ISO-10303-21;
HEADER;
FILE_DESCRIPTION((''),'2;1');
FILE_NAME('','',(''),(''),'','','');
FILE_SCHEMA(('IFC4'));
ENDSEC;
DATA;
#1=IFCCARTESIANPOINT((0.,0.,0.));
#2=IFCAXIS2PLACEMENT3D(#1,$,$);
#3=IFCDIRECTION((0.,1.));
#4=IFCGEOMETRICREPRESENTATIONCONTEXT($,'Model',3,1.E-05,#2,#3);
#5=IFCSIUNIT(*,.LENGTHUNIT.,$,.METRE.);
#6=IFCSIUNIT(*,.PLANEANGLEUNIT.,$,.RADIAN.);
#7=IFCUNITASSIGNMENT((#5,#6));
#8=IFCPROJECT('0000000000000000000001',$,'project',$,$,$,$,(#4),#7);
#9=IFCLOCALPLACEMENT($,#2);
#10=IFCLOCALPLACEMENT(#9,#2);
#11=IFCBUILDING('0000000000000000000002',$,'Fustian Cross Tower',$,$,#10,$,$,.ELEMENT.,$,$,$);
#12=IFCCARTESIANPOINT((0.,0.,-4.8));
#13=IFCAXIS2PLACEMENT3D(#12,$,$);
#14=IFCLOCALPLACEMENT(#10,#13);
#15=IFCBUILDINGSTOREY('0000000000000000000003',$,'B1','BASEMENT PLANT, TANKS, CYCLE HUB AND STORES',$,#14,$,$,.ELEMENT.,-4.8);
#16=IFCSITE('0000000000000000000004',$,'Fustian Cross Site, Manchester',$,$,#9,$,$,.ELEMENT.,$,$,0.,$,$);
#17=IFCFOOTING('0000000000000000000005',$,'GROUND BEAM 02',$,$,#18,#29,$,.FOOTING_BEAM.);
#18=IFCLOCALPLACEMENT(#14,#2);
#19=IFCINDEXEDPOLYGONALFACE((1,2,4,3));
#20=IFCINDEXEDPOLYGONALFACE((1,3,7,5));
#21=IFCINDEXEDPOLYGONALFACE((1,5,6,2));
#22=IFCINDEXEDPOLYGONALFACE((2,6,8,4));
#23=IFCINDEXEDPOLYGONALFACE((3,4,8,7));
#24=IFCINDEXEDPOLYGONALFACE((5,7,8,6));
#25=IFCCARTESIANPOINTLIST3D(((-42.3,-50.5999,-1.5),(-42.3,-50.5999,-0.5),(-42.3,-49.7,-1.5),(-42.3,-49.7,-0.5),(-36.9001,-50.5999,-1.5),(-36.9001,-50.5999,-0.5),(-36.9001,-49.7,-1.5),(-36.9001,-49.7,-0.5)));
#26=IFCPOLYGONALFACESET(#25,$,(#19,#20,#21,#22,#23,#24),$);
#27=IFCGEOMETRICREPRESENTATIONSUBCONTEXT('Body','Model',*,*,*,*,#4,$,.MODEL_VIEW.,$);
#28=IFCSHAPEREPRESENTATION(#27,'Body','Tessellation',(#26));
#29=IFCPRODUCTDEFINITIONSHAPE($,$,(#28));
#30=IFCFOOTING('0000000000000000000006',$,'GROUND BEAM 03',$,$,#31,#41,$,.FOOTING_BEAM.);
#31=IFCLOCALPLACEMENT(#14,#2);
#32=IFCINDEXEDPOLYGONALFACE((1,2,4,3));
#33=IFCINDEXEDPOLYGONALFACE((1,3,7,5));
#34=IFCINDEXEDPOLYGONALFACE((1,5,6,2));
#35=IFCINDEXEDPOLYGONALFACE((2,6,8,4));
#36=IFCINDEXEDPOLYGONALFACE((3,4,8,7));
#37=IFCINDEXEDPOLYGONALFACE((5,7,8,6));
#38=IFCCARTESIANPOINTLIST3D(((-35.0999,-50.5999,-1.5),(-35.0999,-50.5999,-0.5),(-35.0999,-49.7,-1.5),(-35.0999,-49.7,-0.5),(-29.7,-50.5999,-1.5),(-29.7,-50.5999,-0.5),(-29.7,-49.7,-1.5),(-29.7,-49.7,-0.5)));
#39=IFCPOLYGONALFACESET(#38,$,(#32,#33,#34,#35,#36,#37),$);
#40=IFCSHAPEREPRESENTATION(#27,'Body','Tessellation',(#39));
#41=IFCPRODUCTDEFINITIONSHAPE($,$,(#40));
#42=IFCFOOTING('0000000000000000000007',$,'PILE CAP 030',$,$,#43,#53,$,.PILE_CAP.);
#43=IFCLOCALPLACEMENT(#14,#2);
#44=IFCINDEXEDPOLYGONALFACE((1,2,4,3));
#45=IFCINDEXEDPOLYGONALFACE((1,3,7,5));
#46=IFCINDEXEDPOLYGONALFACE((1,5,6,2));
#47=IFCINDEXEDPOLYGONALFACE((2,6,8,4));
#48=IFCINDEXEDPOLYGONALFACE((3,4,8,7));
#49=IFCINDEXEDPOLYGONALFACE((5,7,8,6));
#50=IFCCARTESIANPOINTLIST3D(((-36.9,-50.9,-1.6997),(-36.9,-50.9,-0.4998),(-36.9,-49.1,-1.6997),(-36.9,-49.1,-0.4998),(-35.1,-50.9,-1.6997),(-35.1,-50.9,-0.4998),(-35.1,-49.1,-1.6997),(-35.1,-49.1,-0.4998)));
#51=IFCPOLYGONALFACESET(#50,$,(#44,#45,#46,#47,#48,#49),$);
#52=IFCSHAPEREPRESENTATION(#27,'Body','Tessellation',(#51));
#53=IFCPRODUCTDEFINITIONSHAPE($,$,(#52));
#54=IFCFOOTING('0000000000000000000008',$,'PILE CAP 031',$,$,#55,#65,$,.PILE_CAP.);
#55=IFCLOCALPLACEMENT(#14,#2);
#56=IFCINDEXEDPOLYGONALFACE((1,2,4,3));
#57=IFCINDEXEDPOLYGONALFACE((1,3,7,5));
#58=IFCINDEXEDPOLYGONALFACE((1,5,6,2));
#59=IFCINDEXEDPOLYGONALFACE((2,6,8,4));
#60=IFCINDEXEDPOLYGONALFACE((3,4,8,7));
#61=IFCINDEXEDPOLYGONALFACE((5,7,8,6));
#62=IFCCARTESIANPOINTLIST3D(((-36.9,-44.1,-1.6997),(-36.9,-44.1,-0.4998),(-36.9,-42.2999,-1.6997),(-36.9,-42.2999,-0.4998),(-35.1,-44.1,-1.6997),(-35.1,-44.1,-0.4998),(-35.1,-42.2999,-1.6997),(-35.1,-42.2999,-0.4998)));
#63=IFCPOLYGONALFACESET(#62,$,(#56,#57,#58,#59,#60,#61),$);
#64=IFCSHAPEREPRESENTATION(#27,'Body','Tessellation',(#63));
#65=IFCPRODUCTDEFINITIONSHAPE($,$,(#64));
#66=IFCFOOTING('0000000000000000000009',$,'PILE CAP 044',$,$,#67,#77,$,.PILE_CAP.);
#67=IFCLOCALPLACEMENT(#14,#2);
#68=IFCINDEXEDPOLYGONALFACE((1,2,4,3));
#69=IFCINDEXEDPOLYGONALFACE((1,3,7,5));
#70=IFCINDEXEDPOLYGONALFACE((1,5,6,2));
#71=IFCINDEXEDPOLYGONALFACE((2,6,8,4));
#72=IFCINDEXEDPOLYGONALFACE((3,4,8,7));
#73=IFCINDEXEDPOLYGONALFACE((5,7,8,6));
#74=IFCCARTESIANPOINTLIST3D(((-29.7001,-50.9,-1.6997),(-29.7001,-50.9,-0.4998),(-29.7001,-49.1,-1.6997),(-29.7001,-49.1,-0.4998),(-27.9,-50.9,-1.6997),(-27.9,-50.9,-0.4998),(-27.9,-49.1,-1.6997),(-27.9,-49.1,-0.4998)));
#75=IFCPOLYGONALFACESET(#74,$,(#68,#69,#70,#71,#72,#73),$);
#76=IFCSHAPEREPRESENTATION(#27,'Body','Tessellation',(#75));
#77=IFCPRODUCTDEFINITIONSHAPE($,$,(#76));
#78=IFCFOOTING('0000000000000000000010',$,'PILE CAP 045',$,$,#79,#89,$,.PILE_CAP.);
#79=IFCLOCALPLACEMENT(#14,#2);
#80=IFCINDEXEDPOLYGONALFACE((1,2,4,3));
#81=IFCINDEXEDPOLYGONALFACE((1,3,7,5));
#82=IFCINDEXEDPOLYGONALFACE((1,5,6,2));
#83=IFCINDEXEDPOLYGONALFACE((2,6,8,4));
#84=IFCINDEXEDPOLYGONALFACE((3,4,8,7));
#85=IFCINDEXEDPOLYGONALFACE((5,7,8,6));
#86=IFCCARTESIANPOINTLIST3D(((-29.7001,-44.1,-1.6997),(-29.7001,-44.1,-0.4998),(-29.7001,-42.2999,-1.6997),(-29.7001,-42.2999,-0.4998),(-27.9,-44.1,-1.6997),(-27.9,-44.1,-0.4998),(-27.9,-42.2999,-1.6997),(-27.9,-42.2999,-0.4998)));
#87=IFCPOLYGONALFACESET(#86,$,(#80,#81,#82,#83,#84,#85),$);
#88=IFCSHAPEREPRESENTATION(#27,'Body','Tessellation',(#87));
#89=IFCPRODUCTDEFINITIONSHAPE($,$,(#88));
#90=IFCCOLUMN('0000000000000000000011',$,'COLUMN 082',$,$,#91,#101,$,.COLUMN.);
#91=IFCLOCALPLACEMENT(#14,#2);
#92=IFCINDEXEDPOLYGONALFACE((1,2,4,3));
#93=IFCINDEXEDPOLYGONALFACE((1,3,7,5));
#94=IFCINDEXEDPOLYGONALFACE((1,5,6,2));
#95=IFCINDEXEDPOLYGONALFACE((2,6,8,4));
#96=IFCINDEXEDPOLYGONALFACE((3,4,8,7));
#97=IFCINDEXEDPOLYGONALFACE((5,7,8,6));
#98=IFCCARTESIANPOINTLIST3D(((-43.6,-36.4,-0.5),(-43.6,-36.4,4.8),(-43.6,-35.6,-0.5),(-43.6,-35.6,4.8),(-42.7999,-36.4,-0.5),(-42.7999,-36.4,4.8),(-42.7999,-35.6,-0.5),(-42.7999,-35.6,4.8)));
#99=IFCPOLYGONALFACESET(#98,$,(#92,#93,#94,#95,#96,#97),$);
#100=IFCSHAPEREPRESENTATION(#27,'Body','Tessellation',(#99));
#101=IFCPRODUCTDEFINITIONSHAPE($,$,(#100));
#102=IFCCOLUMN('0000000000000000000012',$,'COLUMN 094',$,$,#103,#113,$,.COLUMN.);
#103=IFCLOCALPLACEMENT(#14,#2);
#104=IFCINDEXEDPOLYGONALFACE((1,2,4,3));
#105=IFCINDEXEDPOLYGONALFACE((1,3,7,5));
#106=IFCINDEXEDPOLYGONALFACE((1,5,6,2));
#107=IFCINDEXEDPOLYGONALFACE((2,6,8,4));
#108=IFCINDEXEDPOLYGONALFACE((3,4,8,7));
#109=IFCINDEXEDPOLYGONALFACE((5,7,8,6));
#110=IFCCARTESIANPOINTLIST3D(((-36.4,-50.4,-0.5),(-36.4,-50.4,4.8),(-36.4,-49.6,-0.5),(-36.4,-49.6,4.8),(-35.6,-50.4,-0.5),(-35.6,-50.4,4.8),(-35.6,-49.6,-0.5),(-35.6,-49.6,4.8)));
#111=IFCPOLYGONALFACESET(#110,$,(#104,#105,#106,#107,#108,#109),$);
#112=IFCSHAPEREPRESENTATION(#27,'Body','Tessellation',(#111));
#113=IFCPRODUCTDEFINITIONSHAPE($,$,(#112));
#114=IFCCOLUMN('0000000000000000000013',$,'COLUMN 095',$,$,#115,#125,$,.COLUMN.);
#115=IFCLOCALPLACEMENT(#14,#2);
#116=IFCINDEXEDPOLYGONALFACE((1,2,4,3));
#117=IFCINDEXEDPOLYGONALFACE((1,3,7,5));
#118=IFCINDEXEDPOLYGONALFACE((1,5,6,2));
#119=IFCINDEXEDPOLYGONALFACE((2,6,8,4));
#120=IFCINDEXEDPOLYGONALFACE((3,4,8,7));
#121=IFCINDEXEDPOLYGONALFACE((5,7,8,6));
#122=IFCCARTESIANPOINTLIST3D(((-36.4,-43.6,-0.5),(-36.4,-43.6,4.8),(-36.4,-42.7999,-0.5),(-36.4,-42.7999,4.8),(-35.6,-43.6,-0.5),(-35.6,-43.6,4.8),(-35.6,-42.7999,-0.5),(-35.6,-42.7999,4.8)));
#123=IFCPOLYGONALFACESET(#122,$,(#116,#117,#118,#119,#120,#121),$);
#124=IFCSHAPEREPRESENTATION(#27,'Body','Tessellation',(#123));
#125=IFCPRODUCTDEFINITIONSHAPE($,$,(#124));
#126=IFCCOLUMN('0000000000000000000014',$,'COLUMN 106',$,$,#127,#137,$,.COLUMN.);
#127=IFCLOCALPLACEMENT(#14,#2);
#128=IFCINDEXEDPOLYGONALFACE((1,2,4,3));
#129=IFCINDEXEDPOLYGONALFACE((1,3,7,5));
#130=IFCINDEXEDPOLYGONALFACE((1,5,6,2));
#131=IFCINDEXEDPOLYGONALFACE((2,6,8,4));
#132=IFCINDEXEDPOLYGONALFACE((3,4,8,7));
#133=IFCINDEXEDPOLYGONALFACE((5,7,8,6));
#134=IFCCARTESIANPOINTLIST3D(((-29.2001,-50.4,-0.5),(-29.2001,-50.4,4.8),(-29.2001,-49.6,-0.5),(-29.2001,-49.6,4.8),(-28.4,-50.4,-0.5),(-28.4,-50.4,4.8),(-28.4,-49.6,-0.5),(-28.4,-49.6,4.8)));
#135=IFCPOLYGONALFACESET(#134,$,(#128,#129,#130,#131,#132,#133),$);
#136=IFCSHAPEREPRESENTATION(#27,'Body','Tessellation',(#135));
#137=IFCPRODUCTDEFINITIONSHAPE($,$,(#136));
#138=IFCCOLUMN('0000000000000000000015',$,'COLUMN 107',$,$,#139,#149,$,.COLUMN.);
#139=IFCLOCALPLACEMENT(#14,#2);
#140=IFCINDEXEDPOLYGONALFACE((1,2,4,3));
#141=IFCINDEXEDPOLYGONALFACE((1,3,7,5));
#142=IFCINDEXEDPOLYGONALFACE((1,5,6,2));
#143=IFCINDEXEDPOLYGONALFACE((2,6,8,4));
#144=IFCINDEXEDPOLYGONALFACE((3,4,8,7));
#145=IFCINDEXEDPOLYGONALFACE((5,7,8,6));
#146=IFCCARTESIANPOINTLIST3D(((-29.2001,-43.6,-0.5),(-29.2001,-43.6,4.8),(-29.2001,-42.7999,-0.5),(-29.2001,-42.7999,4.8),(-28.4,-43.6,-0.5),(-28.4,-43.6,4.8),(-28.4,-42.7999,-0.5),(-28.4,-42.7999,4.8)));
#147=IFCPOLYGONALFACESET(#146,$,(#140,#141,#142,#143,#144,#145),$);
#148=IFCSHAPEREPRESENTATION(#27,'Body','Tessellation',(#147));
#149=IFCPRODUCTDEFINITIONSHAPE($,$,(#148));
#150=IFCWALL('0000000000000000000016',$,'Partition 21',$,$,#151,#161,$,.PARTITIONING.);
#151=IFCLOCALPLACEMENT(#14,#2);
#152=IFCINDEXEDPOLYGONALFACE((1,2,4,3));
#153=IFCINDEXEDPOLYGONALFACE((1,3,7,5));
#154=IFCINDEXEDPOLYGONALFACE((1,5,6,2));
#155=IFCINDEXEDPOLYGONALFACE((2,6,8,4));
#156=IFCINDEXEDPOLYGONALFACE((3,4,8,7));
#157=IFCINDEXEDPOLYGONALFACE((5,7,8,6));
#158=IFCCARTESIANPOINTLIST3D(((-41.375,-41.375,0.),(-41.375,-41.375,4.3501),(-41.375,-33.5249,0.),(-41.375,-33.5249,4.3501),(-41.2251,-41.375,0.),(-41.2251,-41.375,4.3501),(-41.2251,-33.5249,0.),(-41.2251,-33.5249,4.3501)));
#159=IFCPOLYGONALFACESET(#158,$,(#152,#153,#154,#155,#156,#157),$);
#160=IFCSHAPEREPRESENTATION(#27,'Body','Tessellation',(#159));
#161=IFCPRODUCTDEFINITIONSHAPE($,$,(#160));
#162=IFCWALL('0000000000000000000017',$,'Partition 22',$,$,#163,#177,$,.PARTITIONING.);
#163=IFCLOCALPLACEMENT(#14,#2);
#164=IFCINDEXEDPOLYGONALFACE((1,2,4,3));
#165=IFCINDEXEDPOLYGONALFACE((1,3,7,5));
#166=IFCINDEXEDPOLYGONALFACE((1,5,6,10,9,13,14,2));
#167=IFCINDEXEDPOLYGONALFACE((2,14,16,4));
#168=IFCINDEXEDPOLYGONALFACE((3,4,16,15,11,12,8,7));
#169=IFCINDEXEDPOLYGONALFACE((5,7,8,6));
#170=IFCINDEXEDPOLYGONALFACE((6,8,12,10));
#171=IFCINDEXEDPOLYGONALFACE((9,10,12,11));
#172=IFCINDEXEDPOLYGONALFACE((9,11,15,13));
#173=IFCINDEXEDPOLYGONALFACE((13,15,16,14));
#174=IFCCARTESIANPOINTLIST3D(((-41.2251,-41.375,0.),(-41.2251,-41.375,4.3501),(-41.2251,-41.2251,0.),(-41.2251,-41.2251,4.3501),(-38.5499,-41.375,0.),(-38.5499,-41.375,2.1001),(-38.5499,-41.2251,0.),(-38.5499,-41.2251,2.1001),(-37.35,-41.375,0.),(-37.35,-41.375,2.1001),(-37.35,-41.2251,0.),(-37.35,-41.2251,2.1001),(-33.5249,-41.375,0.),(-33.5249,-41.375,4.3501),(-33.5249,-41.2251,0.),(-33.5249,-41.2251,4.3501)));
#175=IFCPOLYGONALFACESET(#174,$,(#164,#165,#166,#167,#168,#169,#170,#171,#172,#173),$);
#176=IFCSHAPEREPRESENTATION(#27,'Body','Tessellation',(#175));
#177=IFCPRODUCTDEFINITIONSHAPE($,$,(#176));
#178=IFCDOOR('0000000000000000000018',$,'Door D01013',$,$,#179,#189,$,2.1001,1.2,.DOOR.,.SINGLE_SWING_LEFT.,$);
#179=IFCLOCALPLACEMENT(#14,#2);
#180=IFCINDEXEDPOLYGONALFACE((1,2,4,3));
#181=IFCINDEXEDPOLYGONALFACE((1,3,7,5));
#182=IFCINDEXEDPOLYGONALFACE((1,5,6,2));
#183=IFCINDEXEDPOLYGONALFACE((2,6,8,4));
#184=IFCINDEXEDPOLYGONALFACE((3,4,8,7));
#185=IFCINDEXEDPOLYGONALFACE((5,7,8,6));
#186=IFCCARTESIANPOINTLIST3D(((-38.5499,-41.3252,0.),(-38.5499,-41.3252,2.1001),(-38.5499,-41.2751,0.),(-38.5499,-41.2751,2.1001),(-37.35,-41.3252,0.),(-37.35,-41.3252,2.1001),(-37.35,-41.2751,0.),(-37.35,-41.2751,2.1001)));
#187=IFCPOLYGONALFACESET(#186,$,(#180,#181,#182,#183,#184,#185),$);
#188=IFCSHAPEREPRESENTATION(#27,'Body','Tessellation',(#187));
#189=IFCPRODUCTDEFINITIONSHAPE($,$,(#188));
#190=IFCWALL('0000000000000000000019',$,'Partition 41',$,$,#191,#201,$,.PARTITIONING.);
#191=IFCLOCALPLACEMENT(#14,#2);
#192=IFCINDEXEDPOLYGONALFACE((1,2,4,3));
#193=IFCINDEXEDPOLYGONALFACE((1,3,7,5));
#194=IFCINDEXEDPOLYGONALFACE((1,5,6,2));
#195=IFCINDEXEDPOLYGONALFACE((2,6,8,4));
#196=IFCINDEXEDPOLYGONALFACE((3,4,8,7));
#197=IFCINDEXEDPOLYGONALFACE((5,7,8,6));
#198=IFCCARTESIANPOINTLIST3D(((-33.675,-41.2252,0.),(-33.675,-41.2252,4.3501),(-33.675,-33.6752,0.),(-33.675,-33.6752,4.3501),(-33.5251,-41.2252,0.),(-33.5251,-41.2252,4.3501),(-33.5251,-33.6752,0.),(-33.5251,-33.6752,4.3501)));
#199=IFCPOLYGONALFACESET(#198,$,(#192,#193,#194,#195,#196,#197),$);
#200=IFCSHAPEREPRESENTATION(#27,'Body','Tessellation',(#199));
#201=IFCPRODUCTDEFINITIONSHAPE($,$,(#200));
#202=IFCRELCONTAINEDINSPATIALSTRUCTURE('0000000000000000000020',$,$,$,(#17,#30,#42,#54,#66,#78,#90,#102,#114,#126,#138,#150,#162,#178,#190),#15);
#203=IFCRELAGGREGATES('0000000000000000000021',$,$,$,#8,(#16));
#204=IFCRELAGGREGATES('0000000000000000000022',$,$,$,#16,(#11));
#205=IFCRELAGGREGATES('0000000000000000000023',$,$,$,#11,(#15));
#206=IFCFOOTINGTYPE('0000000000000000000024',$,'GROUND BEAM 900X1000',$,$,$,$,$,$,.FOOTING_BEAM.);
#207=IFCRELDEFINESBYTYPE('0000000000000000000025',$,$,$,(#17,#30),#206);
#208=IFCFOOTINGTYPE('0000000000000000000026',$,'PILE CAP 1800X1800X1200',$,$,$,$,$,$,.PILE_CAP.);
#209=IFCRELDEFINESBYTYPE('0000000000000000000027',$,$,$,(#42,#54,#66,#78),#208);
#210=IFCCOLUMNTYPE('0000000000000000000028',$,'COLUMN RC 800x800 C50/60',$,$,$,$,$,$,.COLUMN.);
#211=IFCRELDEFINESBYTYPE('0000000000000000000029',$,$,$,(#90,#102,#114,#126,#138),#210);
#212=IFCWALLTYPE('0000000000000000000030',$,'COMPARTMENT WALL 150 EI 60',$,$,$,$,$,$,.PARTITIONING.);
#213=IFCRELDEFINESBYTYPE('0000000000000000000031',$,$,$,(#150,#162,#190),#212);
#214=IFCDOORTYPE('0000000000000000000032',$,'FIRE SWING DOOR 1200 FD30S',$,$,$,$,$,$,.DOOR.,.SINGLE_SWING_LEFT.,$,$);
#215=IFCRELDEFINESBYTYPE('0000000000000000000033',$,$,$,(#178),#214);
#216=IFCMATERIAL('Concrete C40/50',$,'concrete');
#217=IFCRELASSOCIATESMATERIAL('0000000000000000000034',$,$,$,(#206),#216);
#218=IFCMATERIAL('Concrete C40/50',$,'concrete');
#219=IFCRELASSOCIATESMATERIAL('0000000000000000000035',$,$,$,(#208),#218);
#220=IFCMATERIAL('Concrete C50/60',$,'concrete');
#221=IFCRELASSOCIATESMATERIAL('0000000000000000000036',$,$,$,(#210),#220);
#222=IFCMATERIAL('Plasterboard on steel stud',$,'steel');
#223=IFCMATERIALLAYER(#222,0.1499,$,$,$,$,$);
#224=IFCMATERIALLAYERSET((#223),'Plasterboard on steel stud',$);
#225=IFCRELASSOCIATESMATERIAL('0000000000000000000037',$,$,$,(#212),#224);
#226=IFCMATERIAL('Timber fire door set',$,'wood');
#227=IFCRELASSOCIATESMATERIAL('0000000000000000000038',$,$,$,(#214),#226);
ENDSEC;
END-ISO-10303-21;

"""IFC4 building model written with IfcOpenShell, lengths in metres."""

from ifc_helpers import new_model, si_unit, direction, frame, frame_2d, origin, origin_2d, place, context, subcontext, project, spatial, rectangle, extrude, material, layer, layer_set, material_profile, profile_set, type_object, element, fill, save


model = new_model("IFC4")

# Units and contexts
model_context = context("Model", 3, precision=1e-05, world=origin(), true_north=direction((0.0, 1.0)))
body_context = subcontext(model_context, "Body", "Model", "MODEL_VIEW")
ifc_project = project(units=[si_unit("LENGTHUNIT", "METRE"), si_unit("PLANEANGLEUNIT", "RADIAN")], contexts=[model_context])

# Site, building, storey
site_placement = place(None, origin())
site = spatial("IfcSite", under=ifc_project, at=site_placement, Name="Fustian Cross Site, Manchester", CompositionType="ELEMENT", RefElevation=0.0)
building_placement = place(site_placement, origin())
building = spatial("IfcBuilding", under=site, at=building_placement, Name="Fustian Cross Tower", CompositionType="ELEMENT")
storey_placement = place(building_placement, frame((0.0, 0.0, -4.8)))
storey = spatial("IfcBuildingStorey", under=building, at=storey_placement, Name="B1", Description="BASEMENT PLANT, TANKS, CYCLE HUB AND STORES", CompositionType="ELEMENT", Elevation=-4.8)

# Footings
ifc_material_1 = material(Name="Concrete C40/50", Category="concrete")
footing_type_1 = type_object("IfcFootingType", Name="GROUND BEAM 900X1000", PredefinedType="FOOTING_BEAM", material=ifc_material_1)
for number, where, z_axis, x_axis, name in (
    (1, (-39.6001, -50.1499, -1.5), (0.0, 0.0, 1.0), (1.0, 0.0, 0.0), "GROUND BEAM 02"),
    (2, (-32.3999, -50.1499, -1.5), (0.0, 0.0, 1.0), (1.0, 0.0, 0.0), "GROUND BEAM 03"),
):
    element("IfcFooting", number, at=place(storey_placement, frame(where, z_axis=z_axis, x_axis=x_axis)), inside=storey, type_object=footing_type_1, Name=name, PredefinedType="FOOTING_BEAM", context=body_context, shape_type="SweptSolid", body=[
        extrude(rectangle(XDim=5.3999, YDim=0.8999, at=origin_2d()), origin(), (0.0, 0.0, 1.0), 1.0),
    ])
ifc_material_2 = material(Name="Concrete C40/50", Category="concrete")
footing_type_2 = type_object("IfcFootingType", Name="PILE CAP 1800X1800X1200", PredefinedType="PILE_CAP", material=ifc_material_2)
for number, where, z_axis, x_axis, name in (
    (3, (-36.0, -50.0, -1.6997), (0.0, 0.0, 1.0), (1.0, 0.0, 0.0), "PILE CAP 030"),
    (4, (-36.0, -43.2, -1.6997), (0.0, 0.0, 1.0), (1.0, 0.0, 0.0), "PILE CAP 031"),
    (5, (-28.8, -50.0, -1.6997), (0.0, 0.0, 1.0), (1.0, 0.0, 0.0), "PILE CAP 044"),
    (6, (-28.8, -43.2, -1.6997), (0.0, 0.0, 1.0), (1.0, 0.0, 0.0), "PILE CAP 045"),
):
    element("IfcFooting", number, at=place(storey_placement, frame(where, z_axis=z_axis, x_axis=x_axis)), inside=storey, type_object=footing_type_2, Name=name, PredefinedType="PILE_CAP", context=body_context, shape_type="SweptSolid", body=[
        extrude(rectangle(XDim=1.8, YDim=1.8, at=origin_2d()), origin(), (0.0, 0.0, 1.0), 1.2),
    ])

# Columns
ifc_material_3 = material(Name="Concrete C50/60", Category="concrete")
ifc_material_profile_1 = material_profile(ifc_material_3, rectangle(XDim=0.8, YDim=0.8, at=origin_2d()), Name="RC 800x800")
ifc_profile_set_1 = profile_set([ifc_material_profile_1], Name="Concrete C50/60")
column_type = type_object("IfcColumnType", Name="COLUMN RC 800x800 C50/60", PredefinedType="COLUMN", material=ifc_profile_set_1)
for number, where, z_axis, x_axis, name in (
    (7, (-43.2, -36.0, -0.5), (0.0, 0.0, 1.0), (1.0, 0.0, 0.0), "COLUMN 082"),
    (8, (-36.0, -50.0, -0.5), (0.0, 0.0, 1.0), (1.0, 0.0, 0.0), "COLUMN 094"),
    (9, (-36.0, -43.2, -0.5), (0.0, 0.0, 1.0), (1.0, 0.0, 0.0), "COLUMN 095"),
    (10, (-28.8, -50.0, -0.5), (0.0, 0.0, 1.0), (1.0, 0.0, 0.0), "COLUMN 106"),
    (11, (-28.8, -43.2, -0.5), (0.0, 0.0, 1.0), (1.0, 0.0, 0.0), "COLUMN 107"),
):
    element("IfcColumn", number, at=place(storey_placement, frame(where, z_axis=z_axis, x_axis=x_axis)), inside=storey, type_object=column_type, Name=name, PredefinedType="COLUMN", context=body_context, shape_type="SweptSolid", body=[
        extrude(rectangle(XDim=0.8, YDim=0.8, at=origin_2d()), origin(), (0.0, 0.0, 1.0), 5.3),
    ])

# Wall
ifc_material_4 = material(Name="Plasterboard on steel stud", Category="steel")
ifc_layer_1 = layer(ifc_material_4, 0.1499)
ifc_layer_set_1 = layer_set([ifc_layer_1], Name="Plasterboard on steel stud")
wall_type_1 = type_object("IfcWallType", Name="COMPARTMENT WALL 150 EI 60", PredefinedType="PARTITIONING", material=ifc_layer_set_1)
wall_1_placement = place(storey_placement, frame((-41.3, -41.375, 0.0), z_axis=(0.0, 0.0, 1.0), x_axis=(0.0, 1.0, 0.0)))
element("IfcWall", 12, at=wall_1_placement, inside=storey, type_object=wall_type_1, Name="Partition 21", PredefinedType="PARTITIONING", context=body_context, shape_type="SweptSolid", body=[
    extrude(rectangle(XDim=7.8501, YDim=0.1499, at=frame_2d((3.925, 0.0))), origin(), (0.0, 0.0, 1.0), 4.3501),
])

# Wall, opening, door
wall_2_placement = place(storey_placement, frame((-41.2251, -41.3, 0.0), z_axis=(0.0, 0.0, 1.0), x_axis=(1.0, 0.0, 0.0)))
wall_2 = element("IfcWall", 13, at=wall_2_placement, inside=storey, type_object=wall_type_1, Name="Partition 22", PredefinedType="PARTITIONING", context=body_context, shape_type="SweptSolid", body=[
    extrude(rectangle(XDim=7.7002, YDim=0.1499, at=frame_2d((3.8501, 0.0))), origin(), (0.0, 0.0, 1.0), 4.3501),
])
opening_1_placement = place(wall_2_placement, frame((2.675, 0.0, 0.0)))
opening_1 = element("IfcOpeningElement", 14, at=opening_1_placement, cuts=wall_2, PredefinedType="OPENING", context=body_context, shape_type="SweptSolid", body=[
    extrude(rectangle(XDim=1.2, YDim=2.1001, at=frame_2d((0.6001, 1.05))), frame((0.0, 0.085, 0.0), z_axis=(0.0, -1.0, 0.0), x_axis=(1.0, 0.0, 0.0)), (0.0, 0.0, 1.0), 0.1699),
])
ifc_material_5 = material(Name="Timber fire door set", Category="wood")
door_type_1 = type_object("IfcDoorType", Name="FIRE SWING DOOR 1200 FD30S", OperationType="SINGLE_SWING_LEFT", PredefinedType="DOOR", material=ifc_material_5)
door_1_placement = place(opening_1_placement, origin())
door_1 = element("IfcDoor", 15, at=door_1_placement, inside=storey, type_object=door_type_1, Name="Door D01013", OperationType="SINGLE_SWING_LEFT", OverallHeight=2.1001, OverallWidth=1.2, PredefinedType="DOOR", context=body_context, shape_type="SweptSolid", body=[
    extrude(rectangle(XDim=1.2, YDim=2.1001, at=frame_2d((0.6001, 1.05))), frame((0.0, 0.0249, 0.0), z_axis=(0.0, -1.0, 0.0), x_axis=(1.0, 0.0, 0.0)), (0.0, 0.0, 1.0), 0.05),
])
fill(opening_1, door_1)

# Wall
wall_3_placement = place(storey_placement, frame((-33.6001, -41.2251, 0.0), z_axis=(0.0, 0.0, 1.0), x_axis=(0.0, 1.0, 0.0)))
element("IfcWall", 16, at=wall_3_placement, inside=storey, type_object=wall_type_1, Name="Partition 41", PredefinedType="PARTITIONING", context=body_context, shape_type="SweptSolid", body=[
    extrude(rectangle(XDim=7.55, YDim=0.1499, at=frame_2d((3.7749, 0.0))), origin(), (0.0, 0.0, 1.0), 4.3501),
])

save(model, "model.ifc")
